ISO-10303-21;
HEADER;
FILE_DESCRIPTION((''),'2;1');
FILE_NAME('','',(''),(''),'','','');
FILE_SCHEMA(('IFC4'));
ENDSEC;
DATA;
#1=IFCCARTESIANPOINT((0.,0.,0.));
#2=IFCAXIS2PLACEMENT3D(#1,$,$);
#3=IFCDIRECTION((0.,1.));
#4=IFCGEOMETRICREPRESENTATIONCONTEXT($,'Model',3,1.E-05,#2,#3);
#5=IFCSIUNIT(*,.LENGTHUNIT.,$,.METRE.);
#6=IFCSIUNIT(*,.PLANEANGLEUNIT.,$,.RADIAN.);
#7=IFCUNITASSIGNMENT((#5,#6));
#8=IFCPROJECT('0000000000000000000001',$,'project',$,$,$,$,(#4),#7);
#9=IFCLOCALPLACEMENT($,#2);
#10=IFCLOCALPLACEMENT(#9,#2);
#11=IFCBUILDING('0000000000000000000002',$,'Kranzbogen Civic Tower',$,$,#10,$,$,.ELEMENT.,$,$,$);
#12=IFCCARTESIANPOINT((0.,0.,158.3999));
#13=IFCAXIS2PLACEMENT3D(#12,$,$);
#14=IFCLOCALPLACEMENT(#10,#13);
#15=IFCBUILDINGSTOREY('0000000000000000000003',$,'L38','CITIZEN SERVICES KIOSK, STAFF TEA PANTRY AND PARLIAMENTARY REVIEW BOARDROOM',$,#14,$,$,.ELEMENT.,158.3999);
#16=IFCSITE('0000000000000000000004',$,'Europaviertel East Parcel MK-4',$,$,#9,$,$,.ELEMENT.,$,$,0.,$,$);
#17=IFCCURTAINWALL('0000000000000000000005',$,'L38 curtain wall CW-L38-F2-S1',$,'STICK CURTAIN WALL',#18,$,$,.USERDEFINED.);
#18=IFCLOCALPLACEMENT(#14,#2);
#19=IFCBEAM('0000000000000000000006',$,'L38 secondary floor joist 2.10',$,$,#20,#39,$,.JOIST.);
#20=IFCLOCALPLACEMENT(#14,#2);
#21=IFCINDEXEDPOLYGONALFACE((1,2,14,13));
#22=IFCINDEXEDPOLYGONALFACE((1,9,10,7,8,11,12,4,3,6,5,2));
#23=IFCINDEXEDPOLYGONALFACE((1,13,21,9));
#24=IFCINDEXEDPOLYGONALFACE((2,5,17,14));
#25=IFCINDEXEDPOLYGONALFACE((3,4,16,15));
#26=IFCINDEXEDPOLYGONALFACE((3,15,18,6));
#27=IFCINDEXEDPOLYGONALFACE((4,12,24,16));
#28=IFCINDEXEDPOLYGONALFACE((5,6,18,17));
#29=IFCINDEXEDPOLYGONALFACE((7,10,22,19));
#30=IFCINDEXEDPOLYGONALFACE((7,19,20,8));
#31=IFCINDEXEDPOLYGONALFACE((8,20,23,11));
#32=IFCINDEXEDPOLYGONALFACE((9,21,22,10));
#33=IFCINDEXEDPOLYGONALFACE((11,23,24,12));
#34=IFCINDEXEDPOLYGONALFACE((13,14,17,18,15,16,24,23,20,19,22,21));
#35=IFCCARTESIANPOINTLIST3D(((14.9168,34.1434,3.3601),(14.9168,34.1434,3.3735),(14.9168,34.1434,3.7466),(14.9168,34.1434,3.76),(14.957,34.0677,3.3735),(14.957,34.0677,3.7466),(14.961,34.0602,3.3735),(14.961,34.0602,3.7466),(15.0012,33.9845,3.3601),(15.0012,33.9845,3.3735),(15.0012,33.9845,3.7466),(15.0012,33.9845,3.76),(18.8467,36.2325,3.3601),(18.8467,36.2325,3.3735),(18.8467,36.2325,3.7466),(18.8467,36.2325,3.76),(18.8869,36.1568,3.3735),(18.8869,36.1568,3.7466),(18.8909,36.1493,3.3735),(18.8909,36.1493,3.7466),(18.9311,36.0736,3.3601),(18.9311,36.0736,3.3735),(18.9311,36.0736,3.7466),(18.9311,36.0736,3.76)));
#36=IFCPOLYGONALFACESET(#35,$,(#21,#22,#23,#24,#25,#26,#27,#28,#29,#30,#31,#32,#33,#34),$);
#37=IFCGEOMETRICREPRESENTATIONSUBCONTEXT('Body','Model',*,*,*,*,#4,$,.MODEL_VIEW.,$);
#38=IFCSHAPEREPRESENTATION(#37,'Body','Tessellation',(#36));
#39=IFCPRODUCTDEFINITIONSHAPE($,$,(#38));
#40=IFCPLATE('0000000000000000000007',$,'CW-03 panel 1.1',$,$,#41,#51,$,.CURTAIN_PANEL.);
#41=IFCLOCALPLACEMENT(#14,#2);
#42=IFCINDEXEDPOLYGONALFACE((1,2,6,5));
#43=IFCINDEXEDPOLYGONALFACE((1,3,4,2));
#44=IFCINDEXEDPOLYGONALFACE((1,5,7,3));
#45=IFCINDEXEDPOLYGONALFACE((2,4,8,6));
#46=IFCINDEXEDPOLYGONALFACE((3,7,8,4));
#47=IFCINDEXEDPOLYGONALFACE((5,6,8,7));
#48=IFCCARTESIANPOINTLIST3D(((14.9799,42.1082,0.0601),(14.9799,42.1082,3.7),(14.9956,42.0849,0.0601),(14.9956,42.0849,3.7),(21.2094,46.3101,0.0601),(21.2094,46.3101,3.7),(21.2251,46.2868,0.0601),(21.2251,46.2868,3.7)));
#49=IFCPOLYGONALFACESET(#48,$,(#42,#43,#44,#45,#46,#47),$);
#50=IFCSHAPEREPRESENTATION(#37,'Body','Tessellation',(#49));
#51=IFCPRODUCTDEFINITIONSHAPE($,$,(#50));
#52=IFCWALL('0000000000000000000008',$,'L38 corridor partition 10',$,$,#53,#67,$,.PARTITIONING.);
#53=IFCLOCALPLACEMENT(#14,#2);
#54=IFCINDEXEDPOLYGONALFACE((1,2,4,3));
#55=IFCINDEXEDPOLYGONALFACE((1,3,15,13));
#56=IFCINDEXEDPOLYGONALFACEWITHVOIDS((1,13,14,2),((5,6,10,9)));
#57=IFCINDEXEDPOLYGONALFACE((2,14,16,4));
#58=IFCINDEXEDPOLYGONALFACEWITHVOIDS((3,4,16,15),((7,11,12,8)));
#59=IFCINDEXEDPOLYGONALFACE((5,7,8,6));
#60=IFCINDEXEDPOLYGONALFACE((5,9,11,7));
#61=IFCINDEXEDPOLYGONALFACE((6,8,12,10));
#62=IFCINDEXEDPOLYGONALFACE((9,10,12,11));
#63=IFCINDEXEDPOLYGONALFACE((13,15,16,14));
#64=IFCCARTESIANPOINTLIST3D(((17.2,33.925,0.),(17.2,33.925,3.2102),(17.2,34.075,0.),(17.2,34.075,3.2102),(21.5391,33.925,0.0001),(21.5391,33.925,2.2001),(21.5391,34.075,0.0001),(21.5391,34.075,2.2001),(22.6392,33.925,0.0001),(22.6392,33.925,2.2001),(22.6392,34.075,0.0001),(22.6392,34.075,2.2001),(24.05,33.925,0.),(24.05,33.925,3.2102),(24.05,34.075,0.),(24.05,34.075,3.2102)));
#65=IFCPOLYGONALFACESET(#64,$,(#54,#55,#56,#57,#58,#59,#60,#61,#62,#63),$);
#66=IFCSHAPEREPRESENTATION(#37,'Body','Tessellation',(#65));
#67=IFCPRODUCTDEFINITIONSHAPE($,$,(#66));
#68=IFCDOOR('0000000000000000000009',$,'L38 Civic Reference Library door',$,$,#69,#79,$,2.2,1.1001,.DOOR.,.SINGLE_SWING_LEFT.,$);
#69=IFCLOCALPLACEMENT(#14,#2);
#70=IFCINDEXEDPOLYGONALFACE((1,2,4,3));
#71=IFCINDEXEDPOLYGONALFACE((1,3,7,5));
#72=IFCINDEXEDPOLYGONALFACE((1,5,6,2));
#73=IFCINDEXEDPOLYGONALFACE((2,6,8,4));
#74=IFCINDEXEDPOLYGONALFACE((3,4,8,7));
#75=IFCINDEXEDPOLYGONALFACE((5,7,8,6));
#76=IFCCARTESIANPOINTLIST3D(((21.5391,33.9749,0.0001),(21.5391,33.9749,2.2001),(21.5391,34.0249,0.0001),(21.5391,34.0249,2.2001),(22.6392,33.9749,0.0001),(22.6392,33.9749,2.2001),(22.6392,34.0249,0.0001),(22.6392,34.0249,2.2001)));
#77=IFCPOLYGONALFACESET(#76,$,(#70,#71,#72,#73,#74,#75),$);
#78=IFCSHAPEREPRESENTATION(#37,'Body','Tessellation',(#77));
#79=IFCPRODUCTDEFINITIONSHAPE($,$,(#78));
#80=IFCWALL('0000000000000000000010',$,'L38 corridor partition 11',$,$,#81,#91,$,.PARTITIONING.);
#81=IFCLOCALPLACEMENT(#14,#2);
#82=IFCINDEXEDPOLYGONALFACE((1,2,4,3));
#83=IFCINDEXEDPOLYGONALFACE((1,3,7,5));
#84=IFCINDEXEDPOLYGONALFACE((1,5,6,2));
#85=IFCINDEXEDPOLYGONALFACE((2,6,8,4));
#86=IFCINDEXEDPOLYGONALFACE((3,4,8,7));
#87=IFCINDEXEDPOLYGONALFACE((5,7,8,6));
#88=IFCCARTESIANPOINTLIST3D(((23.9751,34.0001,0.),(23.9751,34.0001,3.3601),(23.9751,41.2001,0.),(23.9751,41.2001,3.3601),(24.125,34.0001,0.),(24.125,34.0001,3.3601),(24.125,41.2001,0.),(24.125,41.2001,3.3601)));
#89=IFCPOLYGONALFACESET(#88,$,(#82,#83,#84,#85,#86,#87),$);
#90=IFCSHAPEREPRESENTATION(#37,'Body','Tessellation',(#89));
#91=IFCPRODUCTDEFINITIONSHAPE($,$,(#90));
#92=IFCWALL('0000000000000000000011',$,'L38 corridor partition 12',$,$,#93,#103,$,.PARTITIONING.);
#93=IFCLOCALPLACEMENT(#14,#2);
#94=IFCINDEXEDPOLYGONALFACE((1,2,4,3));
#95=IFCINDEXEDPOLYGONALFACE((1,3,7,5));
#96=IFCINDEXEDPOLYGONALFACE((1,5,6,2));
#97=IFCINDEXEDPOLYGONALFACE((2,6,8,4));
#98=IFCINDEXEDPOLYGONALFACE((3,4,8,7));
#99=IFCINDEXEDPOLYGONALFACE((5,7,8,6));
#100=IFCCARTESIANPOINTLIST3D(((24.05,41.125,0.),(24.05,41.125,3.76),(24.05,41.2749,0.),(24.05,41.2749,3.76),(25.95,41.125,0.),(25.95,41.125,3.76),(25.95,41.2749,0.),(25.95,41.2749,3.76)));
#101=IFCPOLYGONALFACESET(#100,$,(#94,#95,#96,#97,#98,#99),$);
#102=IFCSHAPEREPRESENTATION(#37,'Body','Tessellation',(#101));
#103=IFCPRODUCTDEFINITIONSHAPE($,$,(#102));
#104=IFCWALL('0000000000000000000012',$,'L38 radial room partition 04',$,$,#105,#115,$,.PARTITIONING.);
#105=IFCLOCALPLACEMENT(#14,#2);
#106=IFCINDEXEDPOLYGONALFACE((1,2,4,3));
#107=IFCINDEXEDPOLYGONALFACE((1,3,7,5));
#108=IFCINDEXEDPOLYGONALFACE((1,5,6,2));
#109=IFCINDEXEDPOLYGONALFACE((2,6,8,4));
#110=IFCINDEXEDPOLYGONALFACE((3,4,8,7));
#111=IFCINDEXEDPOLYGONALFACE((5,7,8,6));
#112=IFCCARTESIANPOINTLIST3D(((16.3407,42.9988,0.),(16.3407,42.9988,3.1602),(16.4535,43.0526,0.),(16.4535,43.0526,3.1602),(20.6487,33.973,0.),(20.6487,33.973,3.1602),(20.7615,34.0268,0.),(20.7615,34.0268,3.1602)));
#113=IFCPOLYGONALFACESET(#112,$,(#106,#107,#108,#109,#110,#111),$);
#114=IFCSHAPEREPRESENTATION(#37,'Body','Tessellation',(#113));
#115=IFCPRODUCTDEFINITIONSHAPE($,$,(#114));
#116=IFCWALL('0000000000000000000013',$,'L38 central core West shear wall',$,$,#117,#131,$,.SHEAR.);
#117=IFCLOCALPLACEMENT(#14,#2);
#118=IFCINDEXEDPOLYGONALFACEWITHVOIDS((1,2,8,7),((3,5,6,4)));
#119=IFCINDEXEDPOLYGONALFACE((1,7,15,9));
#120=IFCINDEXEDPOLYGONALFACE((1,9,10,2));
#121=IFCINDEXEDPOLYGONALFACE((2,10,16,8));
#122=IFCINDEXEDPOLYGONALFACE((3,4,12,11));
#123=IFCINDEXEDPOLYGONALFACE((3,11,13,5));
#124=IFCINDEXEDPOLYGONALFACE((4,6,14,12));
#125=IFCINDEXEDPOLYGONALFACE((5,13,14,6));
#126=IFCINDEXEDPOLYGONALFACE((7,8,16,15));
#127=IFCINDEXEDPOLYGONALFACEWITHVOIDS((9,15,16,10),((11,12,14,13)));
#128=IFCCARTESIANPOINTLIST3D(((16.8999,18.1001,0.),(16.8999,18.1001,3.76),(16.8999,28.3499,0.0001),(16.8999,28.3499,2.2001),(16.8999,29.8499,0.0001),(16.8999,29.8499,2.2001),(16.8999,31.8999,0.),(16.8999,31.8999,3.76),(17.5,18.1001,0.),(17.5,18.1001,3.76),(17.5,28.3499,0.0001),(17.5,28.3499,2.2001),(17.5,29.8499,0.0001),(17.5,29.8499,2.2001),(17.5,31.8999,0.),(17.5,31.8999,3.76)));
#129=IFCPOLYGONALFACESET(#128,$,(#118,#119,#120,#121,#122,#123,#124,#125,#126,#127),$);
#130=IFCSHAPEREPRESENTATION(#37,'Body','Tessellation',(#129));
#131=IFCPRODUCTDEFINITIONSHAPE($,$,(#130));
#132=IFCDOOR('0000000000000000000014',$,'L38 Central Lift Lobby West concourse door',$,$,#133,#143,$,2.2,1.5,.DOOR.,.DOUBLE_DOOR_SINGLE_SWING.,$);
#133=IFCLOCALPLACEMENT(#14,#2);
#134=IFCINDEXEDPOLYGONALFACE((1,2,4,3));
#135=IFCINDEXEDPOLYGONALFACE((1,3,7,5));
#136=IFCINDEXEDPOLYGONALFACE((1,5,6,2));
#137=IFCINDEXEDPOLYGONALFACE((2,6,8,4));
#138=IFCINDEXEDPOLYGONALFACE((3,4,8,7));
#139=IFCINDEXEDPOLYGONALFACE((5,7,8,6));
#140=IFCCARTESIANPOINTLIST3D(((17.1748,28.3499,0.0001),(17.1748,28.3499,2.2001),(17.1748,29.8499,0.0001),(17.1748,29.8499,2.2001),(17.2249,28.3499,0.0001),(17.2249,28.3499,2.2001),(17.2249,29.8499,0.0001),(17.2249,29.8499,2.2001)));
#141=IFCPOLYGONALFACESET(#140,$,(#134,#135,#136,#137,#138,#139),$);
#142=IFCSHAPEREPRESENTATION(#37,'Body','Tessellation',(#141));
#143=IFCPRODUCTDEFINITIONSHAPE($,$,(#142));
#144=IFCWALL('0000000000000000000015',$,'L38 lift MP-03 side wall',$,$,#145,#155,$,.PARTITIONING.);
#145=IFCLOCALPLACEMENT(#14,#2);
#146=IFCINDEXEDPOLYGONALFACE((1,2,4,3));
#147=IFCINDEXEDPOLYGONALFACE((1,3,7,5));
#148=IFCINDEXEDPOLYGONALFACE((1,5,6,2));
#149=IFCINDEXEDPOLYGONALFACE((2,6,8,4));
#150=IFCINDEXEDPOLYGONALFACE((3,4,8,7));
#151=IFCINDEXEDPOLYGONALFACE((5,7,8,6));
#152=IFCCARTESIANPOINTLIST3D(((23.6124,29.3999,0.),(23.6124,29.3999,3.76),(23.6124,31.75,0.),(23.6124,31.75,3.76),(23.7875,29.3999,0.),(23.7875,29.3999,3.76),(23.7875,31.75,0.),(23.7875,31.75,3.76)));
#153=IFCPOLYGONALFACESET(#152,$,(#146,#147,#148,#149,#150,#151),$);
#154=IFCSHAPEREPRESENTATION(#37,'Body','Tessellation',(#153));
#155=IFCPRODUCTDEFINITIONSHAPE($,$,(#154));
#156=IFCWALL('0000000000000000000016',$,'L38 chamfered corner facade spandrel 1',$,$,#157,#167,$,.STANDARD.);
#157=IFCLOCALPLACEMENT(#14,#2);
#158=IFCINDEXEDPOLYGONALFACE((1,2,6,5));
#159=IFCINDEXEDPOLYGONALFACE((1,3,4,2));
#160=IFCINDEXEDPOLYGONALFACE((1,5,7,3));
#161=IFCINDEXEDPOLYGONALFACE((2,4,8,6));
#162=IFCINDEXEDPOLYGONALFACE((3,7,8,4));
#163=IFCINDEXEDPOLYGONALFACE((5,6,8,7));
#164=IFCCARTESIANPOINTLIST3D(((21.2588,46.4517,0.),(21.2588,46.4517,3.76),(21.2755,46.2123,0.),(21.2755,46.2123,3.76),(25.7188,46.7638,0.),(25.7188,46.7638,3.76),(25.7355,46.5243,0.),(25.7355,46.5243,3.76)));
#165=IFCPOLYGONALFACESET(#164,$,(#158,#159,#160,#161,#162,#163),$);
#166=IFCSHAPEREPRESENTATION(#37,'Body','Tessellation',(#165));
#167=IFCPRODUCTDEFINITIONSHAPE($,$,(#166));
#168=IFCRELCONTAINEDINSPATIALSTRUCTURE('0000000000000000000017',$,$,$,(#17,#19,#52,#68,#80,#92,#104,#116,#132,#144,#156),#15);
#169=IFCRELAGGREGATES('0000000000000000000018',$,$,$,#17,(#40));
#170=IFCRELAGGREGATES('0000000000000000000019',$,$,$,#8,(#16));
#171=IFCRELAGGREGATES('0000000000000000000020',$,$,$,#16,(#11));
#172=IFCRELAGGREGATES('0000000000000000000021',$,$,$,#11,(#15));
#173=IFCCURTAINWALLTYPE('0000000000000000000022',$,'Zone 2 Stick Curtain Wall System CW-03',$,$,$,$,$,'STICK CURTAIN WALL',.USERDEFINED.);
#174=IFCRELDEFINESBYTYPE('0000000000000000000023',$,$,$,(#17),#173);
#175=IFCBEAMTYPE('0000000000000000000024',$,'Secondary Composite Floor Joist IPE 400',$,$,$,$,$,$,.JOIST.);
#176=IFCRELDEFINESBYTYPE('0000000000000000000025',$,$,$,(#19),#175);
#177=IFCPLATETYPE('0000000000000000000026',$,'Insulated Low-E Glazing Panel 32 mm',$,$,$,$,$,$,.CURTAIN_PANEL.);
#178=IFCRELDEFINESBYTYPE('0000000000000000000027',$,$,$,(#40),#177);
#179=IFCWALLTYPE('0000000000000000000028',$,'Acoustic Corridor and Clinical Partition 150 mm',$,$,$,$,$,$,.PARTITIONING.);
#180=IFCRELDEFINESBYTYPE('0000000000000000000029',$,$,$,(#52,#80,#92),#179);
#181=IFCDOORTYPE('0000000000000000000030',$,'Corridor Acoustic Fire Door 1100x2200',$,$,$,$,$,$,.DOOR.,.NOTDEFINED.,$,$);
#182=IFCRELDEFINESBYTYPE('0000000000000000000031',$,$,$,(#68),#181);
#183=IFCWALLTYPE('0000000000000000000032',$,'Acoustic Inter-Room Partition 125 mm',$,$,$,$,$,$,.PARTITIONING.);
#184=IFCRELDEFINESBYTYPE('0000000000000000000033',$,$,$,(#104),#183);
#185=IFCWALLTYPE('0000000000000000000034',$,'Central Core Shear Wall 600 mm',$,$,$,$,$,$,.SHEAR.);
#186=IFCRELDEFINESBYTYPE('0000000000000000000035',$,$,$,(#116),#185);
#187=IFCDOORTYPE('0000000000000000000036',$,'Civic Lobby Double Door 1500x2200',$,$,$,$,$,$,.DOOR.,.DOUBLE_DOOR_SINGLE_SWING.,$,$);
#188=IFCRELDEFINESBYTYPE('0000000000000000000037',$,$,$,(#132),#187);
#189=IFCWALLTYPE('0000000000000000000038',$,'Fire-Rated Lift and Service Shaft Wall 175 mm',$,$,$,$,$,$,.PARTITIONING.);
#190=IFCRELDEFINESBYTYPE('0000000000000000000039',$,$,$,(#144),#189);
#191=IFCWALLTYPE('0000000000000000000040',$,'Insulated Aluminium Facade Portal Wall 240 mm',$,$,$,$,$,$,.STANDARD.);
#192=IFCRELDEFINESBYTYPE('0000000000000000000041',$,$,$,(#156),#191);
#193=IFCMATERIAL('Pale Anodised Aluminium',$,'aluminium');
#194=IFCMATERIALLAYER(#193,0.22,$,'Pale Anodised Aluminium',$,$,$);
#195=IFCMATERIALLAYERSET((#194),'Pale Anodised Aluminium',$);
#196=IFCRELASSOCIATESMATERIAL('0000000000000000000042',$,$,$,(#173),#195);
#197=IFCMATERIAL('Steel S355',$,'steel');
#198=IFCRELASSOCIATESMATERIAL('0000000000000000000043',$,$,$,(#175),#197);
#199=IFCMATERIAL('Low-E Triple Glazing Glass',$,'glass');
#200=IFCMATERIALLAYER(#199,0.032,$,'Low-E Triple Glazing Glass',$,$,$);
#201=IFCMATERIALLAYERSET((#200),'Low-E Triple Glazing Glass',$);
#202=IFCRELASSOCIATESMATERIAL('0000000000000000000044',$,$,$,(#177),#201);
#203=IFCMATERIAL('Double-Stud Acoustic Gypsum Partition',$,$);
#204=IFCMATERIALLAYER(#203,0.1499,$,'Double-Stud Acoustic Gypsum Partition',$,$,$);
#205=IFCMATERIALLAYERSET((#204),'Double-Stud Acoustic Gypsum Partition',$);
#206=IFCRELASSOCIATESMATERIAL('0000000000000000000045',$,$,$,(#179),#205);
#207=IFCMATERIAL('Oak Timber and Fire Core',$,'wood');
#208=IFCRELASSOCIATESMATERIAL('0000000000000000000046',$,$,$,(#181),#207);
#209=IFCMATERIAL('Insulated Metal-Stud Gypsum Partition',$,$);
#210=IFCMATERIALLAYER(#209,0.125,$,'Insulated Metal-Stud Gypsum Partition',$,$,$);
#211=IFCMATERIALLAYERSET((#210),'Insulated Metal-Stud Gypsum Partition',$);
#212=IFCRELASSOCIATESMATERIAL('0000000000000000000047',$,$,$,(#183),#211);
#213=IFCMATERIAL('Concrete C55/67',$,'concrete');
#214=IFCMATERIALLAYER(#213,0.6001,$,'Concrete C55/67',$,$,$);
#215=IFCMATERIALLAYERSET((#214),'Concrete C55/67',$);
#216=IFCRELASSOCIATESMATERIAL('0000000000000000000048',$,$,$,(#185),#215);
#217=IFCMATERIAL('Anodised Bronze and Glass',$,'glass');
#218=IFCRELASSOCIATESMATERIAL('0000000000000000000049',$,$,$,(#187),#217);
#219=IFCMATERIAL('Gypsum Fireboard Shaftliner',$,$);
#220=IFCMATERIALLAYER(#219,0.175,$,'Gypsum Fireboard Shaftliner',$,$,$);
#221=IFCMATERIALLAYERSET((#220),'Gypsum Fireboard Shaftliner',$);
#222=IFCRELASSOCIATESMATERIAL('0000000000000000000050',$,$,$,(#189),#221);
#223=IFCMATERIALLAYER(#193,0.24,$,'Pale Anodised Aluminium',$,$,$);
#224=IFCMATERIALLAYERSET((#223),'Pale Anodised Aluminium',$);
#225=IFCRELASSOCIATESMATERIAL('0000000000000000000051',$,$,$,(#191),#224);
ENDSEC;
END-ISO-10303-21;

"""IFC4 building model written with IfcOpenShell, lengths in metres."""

from ifc_helpers import new_model, si_unit, direction, frame, frame_2d, origin, origin_2d, place, context, subcontext, project, spatial, rectangle, i_section, extrude, material, layer, layer_set, material_profile, profile_set, type_object, element, fill, aggregate, save


model = new_model("IFC4")

# Units and contexts
model_context = context("Model", 3, precision=1e-05, world=origin(), true_north=direction((0.0, 1.0)))
body_context = subcontext(model_context, "Body", "Model", "MODEL_VIEW")
ifc_project = project(units=[si_unit("LENGTHUNIT", "METRE"), si_unit("PLANEANGLEUNIT", "RADIAN")], contexts=[model_context])

# Site, building, storey
site_placement = place(None, origin())
site = spatial("IfcSite", under=ifc_project, at=site_placement, Name="Europaviertel East Parcel MK-4", CompositionType="ELEMENT", RefElevation=0.0)
building_placement = place(site_placement, origin())
building = spatial("IfcBuilding", under=site, at=building_placement, Name="Kranzbogen Civic Tower", CompositionType="ELEMENT")
storey_placement = place(building_placement, frame((0.0, 0.0, 158.3999)))
storey = spatial("IfcBuildingStorey", under=building, at=storey_placement, Name="L38", Description="CITIZEN SERVICES KIOSK, STAFF TEA PANTRY AND PARLIAMENTARY REVIEW BOARDROOM", CompositionType="ELEMENT", Elevation=158.3999)

# Shared definitions
ifc_material_1 = material(Name="Steel S355", Category="steel")

# Shared definitions
ifc_material_2 = material(Name="Pale Anodised Aluminium", Category="aluminium")
ifc_layer_1 = layer(ifc_material_2, 0.22, Name="Pale Anodised Aluminium")
ifc_layer_set_1 = layer_set([ifc_layer_1], Name="Pale Anodised Aluminium")
curtain_wall_type = type_object("IfcCurtainWallType", Name="Zone 2 Stick Curtain Wall System CW-03", ElementType="STICK CURTAIN WALL", PredefinedType="USERDEFINED", material=ifc_layer_set_1)

# Curtain wall
curtain_wall_1_placement = place(storey_placement, origin())
curtain_wall_1 = element("IfcCurtainWall", 1, at=curtain_wall_1_placement, inside=storey, type_object=curtain_wall_type, Name="L38 curtain wall CW-L38-F2-S1", ObjectType="STICK CURTAIN WALL", PredefinedType="USERDEFINED")

# Beam
ifc_material_profile_1 = material_profile(ifc_material_1, i_section(OverallWidth=0.1799, OverallDepth=0.3999, WebThickness=0.0085, FlangeThickness=0.0134, at=origin_2d()), Name="IPE 400")
ifc_profile_set_1 = profile_set([ifc_material_profile_1], Name="Steel S355")
beam_type_1 = type_object("IfcBeamType", Name="Secondary Composite Floor Joist IPE 400", PredefinedType="JOIST", material=ifc_profile_set_1)
beam_1_placement = place(storey_placement, frame((18.8889, 36.1531, 3.5601), z_axis=(-0.882991, -0.469389, 0.0), x_axis=(0.469389, -0.882991, 0.0)))
element("IfcBeam", 2, at=beam_1_placement, inside=storey, type_object=beam_type_1, Name="L38 secondary floor joist 2.10", PredefinedType="JOIST", context=body_context, shape_type="SweptSolid", body=[
    extrude(i_section(OverallWidth=0.1799, OverallDepth=0.3999, WebThickness=0.0085, FlangeThickness=0.0134, at=origin_2d()), origin(), (0.0, 0.0, 1.0), 4.4507),
])

# Plate
ifc_material_3 = material(Name="Low-E Triple Glazing Glass", Category="glass")
ifc_layer_2 = layer(ifc_material_3, 0.032, Name="Low-E Triple Glazing Glass")
ifc_layer_set_2 = layer_set([ifc_layer_2], Name="Low-E Triple Glazing Glass")
plate_type = type_object("IfcPlateType", Name="Insulated Low-E Glazing Panel 32 mm", PredefinedType="CURTAIN_PANEL", material=ifc_layer_set_2)
plate_placement = place(storey_placement, frame((18.1025, 44.1975, 0.0601), z_axis=(0.0, 0.0, 1.0), x_axis=(-0.829035, -0.559196, 0.0)))
plate = element("IfcPlate", 3, at=plate_placement, type_object=plate_type, Name="CW-03 panel 1.1", PredefinedType="CURTAIN_PANEL", context=body_context, shape_type="SweptSolid", body=[
    extrude(rectangle(XDim=7.5142, YDim=0.0281, at=origin_2d()), origin(), (0.0, 0.0, 1.0), 3.6399),
])
aggregate(curtain_wall_1, [plate])

# Wall, opening, door
ifc_material_4 = material(Name="Double-Stud Acoustic Gypsum Partition")
ifc_layer_3 = layer(ifc_material_4, 0.1499, Name="Double-Stud Acoustic Gypsum Partition")
ifc_layer_set_3 = layer_set([ifc_layer_3], Name="Double-Stud Acoustic Gypsum Partition")
wall_type_1 = type_object("IfcWallType", Name="Acoustic Corridor and Clinical Partition 150 mm", PredefinedType="PARTITIONING", material=ifc_layer_set_3)
wall_1_placement = place(storey_placement, frame((17.2, 34.0, 0.0), z_axis=(0.0, 0.0, 1.0), x_axis=(1.0, 0.0, 0.0)))
wall_1 = element("IfcWall", 4, at=wall_1_placement, inside=storey, type_object=wall_type_1, Name="L38 corridor partition 10", PredefinedType="PARTITIONING", context=body_context, shape_type="SweptSolid", body=[
    extrude(rectangle(XDim=6.8501, YDim=0.1499, at=frame_2d((3.425, 0.0))), origin(), (0.0, 0.0, 1.0), 3.2102),
])
opening_1_placement = place(wall_1_placement, frame((4.3391, 0.0, 0.0)))
opening_1 = element("IfcOpeningElement", 5, at=opening_1_placement, cuts=wall_1, PredefinedType="OPENING", context=body_context, shape_type="SweptSolid", body=[
    extrude(rectangle(XDim=1.1001, YDim=2.2, at=frame_2d((0.55, 1.1001))), frame((0.0, 0.085, 0.0), z_axis=(0.0, -1.0, 0.0), x_axis=(1.0, 0.0, 0.0)), (0.0, 0.0, 1.0), 0.1699),
])
ifc_material_5 = material(Name="Oak Timber and Fire Core", Category="wood")
door_type_1 = type_object("IfcDoorType", Name="Corridor Acoustic Fire Door 1100x2200", OperationType="NOTDEFINED", PredefinedType="DOOR", material=ifc_material_5)
door_1_placement = place(opening_1_placement, origin())
door_1 = element("IfcDoor", 6, at=door_1_placement, inside=storey, type_object=door_type_1, Name="L38 Civic Reference Library door", OperationType="SINGLE_SWING_LEFT", OverallHeight=2.2, OverallWidth=1.1001, PredefinedType="DOOR", context=body_context, shape_type="SweptSolid", body=[
    extrude(rectangle(XDim=1.1001, YDim=2.2, at=frame_2d((0.55, 1.1001))), frame((0.0, 0.0249, 0.0), z_axis=(0.0, -1.0, 0.0), x_axis=(1.0, 0.0, 0.0)), (0.0, 0.0, 1.0), 0.05),
])
fill(opening_1, door_1)

# Walls
wall_2_placement = place(storey_placement, frame((24.05, 34.0, 0.0), z_axis=(0.0, 0.0, 1.0), x_axis=(0.0, 1.0, 0.0)))
element("IfcWall", 7, at=wall_2_placement, inside=storey, type_object=wall_type_1, Name="L38 corridor partition 11", PredefinedType="PARTITIONING", context=body_context, shape_type="SweptSolid", body=[
    extrude(rectangle(XDim=7.2, YDim=0.1499, at=frame_2d((3.6001, 0.0))), origin(), (0.0, 0.0, 1.0), 3.3601),
])
wall_3_placement = place(storey_placement, frame((24.05, 41.2, 0.0), z_axis=(0.0, 0.0, 1.0), x_axis=(1.0, 0.0, 0.0)))
element("IfcWall", 8, at=wall_3_placement, inside=storey, type_object=wall_type_1, Name="L38 corridor partition 12", PredefinedType="PARTITIONING", context=body_context, shape_type="SweptSolid", body=[
    extrude(rectangle(XDim=1.8999, YDim=0.1499, at=frame_2d((0.95, 0.0))), origin(), (0.0, 0.0, 1.0), 3.76),
])
ifc_material_6 = material(Name="Insulated Metal-Stud Gypsum Partition")
ifc_layer_4 = layer(ifc_material_6, 0.125, Name="Insulated Metal-Stud Gypsum Partition")
ifc_layer_set_4 = layer_set([ifc_layer_4], Name="Insulated Metal-Stud Gypsum Partition")
wall_type_2 = type_object("IfcWallType", Name="Acoustic Inter-Room Partition 125 mm", PredefinedType="PARTITIONING", material=ifc_layer_set_4)
wall_4_placement = place(storey_placement, frame((20.7051, 34.0, 0.0), z_axis=(0.0, 0.0, 1.0), x_axis=(-0.430754, 0.902469, 0.0)))
element("IfcWall", 9, at=wall_4_placement, inside=storey, type_object=wall_type_2, Name="L38 radial room partition 04", PredefinedType="PARTITIONING", context=body_context, shape_type="SweptSolid", body=[
    extrude(rectangle(XDim=10.0012, YDim=0.125, at=frame_2d((5.0005, 0.0))), origin(), (0.0, 0.0, 1.0), 3.1602),
])

# Wall, opening, door
ifc_material_7 = material(Name="Concrete C55/67", Category="concrete")
ifc_layer_5 = layer(ifc_material_7, 0.6001, Name="Concrete C55/67")
ifc_layer_set_5 = layer_set([ifc_layer_5], Name="Concrete C55/67")
wall_type_3 = type_object("IfcWallType", Name="Central Core Shear Wall 600 mm", PredefinedType="SHEAR", material=ifc_layer_set_5)
wall_5_placement = place(storey_placement, frame((17.2, 31.8999, 0.0), z_axis=(0.0, 0.0, 1.0), x_axis=(0.0, -1.0, 0.0)))
wall_5 = element("IfcWall", 10, at=wall_5_placement, inside=storey, type_object=wall_type_3, Name="L38 central core West shear wall", PredefinedType="SHEAR", context=body_context, shape_type="SweptSolid", body=[
    extrude(rectangle(XDim=13.7998, YDim=0.6001, at=frame_2d((6.8999, 0.0))), origin(), (0.0, 0.0, 1.0), 3.76),
])
opening_2_placement = place(wall_5_placement, frame((2.05, 0.0, 0.0)))
opening_2 = element("IfcOpeningElement", 11, at=opening_2_placement, cuts=wall_5, PredefinedType="OPENING", context=body_context, shape_type="SweptSolid", body=[
    extrude(rectangle(XDim=1.5, YDim=2.2, at=frame_2d((0.75, 1.1001))), frame((0.0, 0.3101, 0.0), z_axis=(0.0, -1.0, 0.0), x_axis=(1.0, 0.0, 0.0)), (0.0, 0.0, 1.0), 0.6201),
])
ifc_material_8 = material(Name="Anodised Bronze and Glass", Category="glass")
door_type_2 = type_object("IfcDoorType", Name="Civic Lobby Double Door 1500x2200", OperationType="DOUBLE_DOOR_SINGLE_SWING", PredefinedType="DOOR", material=ifc_material_8)
door_2_placement = place(opening_2_placement, origin())
door_2 = element("IfcDoor", 12, at=door_2_placement, inside=storey, type_object=door_type_2, Name="L38 Central Lift Lobby West concourse door", OperationType="DOUBLE_DOOR_SINGLE_SWING", OverallHeight=2.2, OverallWidth=1.5, PredefinedType="DOOR", context=body_context, shape_type="SweptSolid", body=[
    extrude(rectangle(XDim=1.5, YDim=2.2, at=frame_2d((0.75, 1.1001))), frame((0.0, 0.0249, 0.0), z_axis=(0.0, -1.0, 0.0), x_axis=(1.0, 0.0, 0.0)), (0.0, 0.0, 1.0), 0.05),
])
fill(opening_2, door_2)

# Walls
ifc_material_9 = material(Name="Gypsum Fireboard Shaftliner")
ifc_layer_6 = layer(ifc_material_9, 0.175, Name="Gypsum Fireboard Shaftliner")
ifc_layer_set_6 = layer_set([ifc_layer_6], Name="Gypsum Fireboard Shaftliner")
wall_type_4 = type_object("IfcWallType", Name="Fire-Rated Lift and Service Shaft Wall 175 mm", PredefinedType="PARTITIONING", material=ifc_layer_set_6)
wall_6_placement = place(storey_placement, frame((23.7, 29.3999, 0.0), z_axis=(0.0, 0.0, 1.0), x_axis=(0.0, 1.0, 0.0)))
element("IfcWall", 13, at=wall_6_placement, inside=storey, type_object=wall_type_4, Name="L38 lift MP-03 side wall", PredefinedType="PARTITIONING", context=body_context, shape_type="SweptSolid", body=[
    extrude(rectangle(XDim=2.3501, YDim=0.175, at=frame_2d((1.175, 0.0))), origin(), (0.0, 0.0, 1.0), 3.76),
])
ifc_layer_7 = layer(ifc_material_2, 0.24, Name="Pale Anodised Aluminium")
ifc_layer_set_7 = layer_set([ifc_layer_7], Name="Pale Anodised Aluminium")
wall_type_5 = type_object("IfcWallType", Name="Insulated Aluminium Facade Portal Wall 240 mm", PredefinedType="STANDARD", material=ifc_layer_set_7)
wall_7_placement = place(storey_placement, frame((25.7271, 46.644, 0.0), z_axis=(0.0, 0.0, 1.0), x_axis=(-0.997562, -0.069788, 0.0)))
element("IfcWall", 14, at=wall_7_placement, inside=storey, type_object=wall_type_5, Name="L38 chamfered corner facade spandrel 1", PredefinedType="STANDARD", context=body_context, shape_type="SweptSolid", body=[
    extrude(rectangle(XDim=4.4709, YDim=0.24, at=frame_2d((2.2354, 0.0))), origin(), (0.0, 0.0, 1.0), 3.76),
])

save(model, "model.ifc")
